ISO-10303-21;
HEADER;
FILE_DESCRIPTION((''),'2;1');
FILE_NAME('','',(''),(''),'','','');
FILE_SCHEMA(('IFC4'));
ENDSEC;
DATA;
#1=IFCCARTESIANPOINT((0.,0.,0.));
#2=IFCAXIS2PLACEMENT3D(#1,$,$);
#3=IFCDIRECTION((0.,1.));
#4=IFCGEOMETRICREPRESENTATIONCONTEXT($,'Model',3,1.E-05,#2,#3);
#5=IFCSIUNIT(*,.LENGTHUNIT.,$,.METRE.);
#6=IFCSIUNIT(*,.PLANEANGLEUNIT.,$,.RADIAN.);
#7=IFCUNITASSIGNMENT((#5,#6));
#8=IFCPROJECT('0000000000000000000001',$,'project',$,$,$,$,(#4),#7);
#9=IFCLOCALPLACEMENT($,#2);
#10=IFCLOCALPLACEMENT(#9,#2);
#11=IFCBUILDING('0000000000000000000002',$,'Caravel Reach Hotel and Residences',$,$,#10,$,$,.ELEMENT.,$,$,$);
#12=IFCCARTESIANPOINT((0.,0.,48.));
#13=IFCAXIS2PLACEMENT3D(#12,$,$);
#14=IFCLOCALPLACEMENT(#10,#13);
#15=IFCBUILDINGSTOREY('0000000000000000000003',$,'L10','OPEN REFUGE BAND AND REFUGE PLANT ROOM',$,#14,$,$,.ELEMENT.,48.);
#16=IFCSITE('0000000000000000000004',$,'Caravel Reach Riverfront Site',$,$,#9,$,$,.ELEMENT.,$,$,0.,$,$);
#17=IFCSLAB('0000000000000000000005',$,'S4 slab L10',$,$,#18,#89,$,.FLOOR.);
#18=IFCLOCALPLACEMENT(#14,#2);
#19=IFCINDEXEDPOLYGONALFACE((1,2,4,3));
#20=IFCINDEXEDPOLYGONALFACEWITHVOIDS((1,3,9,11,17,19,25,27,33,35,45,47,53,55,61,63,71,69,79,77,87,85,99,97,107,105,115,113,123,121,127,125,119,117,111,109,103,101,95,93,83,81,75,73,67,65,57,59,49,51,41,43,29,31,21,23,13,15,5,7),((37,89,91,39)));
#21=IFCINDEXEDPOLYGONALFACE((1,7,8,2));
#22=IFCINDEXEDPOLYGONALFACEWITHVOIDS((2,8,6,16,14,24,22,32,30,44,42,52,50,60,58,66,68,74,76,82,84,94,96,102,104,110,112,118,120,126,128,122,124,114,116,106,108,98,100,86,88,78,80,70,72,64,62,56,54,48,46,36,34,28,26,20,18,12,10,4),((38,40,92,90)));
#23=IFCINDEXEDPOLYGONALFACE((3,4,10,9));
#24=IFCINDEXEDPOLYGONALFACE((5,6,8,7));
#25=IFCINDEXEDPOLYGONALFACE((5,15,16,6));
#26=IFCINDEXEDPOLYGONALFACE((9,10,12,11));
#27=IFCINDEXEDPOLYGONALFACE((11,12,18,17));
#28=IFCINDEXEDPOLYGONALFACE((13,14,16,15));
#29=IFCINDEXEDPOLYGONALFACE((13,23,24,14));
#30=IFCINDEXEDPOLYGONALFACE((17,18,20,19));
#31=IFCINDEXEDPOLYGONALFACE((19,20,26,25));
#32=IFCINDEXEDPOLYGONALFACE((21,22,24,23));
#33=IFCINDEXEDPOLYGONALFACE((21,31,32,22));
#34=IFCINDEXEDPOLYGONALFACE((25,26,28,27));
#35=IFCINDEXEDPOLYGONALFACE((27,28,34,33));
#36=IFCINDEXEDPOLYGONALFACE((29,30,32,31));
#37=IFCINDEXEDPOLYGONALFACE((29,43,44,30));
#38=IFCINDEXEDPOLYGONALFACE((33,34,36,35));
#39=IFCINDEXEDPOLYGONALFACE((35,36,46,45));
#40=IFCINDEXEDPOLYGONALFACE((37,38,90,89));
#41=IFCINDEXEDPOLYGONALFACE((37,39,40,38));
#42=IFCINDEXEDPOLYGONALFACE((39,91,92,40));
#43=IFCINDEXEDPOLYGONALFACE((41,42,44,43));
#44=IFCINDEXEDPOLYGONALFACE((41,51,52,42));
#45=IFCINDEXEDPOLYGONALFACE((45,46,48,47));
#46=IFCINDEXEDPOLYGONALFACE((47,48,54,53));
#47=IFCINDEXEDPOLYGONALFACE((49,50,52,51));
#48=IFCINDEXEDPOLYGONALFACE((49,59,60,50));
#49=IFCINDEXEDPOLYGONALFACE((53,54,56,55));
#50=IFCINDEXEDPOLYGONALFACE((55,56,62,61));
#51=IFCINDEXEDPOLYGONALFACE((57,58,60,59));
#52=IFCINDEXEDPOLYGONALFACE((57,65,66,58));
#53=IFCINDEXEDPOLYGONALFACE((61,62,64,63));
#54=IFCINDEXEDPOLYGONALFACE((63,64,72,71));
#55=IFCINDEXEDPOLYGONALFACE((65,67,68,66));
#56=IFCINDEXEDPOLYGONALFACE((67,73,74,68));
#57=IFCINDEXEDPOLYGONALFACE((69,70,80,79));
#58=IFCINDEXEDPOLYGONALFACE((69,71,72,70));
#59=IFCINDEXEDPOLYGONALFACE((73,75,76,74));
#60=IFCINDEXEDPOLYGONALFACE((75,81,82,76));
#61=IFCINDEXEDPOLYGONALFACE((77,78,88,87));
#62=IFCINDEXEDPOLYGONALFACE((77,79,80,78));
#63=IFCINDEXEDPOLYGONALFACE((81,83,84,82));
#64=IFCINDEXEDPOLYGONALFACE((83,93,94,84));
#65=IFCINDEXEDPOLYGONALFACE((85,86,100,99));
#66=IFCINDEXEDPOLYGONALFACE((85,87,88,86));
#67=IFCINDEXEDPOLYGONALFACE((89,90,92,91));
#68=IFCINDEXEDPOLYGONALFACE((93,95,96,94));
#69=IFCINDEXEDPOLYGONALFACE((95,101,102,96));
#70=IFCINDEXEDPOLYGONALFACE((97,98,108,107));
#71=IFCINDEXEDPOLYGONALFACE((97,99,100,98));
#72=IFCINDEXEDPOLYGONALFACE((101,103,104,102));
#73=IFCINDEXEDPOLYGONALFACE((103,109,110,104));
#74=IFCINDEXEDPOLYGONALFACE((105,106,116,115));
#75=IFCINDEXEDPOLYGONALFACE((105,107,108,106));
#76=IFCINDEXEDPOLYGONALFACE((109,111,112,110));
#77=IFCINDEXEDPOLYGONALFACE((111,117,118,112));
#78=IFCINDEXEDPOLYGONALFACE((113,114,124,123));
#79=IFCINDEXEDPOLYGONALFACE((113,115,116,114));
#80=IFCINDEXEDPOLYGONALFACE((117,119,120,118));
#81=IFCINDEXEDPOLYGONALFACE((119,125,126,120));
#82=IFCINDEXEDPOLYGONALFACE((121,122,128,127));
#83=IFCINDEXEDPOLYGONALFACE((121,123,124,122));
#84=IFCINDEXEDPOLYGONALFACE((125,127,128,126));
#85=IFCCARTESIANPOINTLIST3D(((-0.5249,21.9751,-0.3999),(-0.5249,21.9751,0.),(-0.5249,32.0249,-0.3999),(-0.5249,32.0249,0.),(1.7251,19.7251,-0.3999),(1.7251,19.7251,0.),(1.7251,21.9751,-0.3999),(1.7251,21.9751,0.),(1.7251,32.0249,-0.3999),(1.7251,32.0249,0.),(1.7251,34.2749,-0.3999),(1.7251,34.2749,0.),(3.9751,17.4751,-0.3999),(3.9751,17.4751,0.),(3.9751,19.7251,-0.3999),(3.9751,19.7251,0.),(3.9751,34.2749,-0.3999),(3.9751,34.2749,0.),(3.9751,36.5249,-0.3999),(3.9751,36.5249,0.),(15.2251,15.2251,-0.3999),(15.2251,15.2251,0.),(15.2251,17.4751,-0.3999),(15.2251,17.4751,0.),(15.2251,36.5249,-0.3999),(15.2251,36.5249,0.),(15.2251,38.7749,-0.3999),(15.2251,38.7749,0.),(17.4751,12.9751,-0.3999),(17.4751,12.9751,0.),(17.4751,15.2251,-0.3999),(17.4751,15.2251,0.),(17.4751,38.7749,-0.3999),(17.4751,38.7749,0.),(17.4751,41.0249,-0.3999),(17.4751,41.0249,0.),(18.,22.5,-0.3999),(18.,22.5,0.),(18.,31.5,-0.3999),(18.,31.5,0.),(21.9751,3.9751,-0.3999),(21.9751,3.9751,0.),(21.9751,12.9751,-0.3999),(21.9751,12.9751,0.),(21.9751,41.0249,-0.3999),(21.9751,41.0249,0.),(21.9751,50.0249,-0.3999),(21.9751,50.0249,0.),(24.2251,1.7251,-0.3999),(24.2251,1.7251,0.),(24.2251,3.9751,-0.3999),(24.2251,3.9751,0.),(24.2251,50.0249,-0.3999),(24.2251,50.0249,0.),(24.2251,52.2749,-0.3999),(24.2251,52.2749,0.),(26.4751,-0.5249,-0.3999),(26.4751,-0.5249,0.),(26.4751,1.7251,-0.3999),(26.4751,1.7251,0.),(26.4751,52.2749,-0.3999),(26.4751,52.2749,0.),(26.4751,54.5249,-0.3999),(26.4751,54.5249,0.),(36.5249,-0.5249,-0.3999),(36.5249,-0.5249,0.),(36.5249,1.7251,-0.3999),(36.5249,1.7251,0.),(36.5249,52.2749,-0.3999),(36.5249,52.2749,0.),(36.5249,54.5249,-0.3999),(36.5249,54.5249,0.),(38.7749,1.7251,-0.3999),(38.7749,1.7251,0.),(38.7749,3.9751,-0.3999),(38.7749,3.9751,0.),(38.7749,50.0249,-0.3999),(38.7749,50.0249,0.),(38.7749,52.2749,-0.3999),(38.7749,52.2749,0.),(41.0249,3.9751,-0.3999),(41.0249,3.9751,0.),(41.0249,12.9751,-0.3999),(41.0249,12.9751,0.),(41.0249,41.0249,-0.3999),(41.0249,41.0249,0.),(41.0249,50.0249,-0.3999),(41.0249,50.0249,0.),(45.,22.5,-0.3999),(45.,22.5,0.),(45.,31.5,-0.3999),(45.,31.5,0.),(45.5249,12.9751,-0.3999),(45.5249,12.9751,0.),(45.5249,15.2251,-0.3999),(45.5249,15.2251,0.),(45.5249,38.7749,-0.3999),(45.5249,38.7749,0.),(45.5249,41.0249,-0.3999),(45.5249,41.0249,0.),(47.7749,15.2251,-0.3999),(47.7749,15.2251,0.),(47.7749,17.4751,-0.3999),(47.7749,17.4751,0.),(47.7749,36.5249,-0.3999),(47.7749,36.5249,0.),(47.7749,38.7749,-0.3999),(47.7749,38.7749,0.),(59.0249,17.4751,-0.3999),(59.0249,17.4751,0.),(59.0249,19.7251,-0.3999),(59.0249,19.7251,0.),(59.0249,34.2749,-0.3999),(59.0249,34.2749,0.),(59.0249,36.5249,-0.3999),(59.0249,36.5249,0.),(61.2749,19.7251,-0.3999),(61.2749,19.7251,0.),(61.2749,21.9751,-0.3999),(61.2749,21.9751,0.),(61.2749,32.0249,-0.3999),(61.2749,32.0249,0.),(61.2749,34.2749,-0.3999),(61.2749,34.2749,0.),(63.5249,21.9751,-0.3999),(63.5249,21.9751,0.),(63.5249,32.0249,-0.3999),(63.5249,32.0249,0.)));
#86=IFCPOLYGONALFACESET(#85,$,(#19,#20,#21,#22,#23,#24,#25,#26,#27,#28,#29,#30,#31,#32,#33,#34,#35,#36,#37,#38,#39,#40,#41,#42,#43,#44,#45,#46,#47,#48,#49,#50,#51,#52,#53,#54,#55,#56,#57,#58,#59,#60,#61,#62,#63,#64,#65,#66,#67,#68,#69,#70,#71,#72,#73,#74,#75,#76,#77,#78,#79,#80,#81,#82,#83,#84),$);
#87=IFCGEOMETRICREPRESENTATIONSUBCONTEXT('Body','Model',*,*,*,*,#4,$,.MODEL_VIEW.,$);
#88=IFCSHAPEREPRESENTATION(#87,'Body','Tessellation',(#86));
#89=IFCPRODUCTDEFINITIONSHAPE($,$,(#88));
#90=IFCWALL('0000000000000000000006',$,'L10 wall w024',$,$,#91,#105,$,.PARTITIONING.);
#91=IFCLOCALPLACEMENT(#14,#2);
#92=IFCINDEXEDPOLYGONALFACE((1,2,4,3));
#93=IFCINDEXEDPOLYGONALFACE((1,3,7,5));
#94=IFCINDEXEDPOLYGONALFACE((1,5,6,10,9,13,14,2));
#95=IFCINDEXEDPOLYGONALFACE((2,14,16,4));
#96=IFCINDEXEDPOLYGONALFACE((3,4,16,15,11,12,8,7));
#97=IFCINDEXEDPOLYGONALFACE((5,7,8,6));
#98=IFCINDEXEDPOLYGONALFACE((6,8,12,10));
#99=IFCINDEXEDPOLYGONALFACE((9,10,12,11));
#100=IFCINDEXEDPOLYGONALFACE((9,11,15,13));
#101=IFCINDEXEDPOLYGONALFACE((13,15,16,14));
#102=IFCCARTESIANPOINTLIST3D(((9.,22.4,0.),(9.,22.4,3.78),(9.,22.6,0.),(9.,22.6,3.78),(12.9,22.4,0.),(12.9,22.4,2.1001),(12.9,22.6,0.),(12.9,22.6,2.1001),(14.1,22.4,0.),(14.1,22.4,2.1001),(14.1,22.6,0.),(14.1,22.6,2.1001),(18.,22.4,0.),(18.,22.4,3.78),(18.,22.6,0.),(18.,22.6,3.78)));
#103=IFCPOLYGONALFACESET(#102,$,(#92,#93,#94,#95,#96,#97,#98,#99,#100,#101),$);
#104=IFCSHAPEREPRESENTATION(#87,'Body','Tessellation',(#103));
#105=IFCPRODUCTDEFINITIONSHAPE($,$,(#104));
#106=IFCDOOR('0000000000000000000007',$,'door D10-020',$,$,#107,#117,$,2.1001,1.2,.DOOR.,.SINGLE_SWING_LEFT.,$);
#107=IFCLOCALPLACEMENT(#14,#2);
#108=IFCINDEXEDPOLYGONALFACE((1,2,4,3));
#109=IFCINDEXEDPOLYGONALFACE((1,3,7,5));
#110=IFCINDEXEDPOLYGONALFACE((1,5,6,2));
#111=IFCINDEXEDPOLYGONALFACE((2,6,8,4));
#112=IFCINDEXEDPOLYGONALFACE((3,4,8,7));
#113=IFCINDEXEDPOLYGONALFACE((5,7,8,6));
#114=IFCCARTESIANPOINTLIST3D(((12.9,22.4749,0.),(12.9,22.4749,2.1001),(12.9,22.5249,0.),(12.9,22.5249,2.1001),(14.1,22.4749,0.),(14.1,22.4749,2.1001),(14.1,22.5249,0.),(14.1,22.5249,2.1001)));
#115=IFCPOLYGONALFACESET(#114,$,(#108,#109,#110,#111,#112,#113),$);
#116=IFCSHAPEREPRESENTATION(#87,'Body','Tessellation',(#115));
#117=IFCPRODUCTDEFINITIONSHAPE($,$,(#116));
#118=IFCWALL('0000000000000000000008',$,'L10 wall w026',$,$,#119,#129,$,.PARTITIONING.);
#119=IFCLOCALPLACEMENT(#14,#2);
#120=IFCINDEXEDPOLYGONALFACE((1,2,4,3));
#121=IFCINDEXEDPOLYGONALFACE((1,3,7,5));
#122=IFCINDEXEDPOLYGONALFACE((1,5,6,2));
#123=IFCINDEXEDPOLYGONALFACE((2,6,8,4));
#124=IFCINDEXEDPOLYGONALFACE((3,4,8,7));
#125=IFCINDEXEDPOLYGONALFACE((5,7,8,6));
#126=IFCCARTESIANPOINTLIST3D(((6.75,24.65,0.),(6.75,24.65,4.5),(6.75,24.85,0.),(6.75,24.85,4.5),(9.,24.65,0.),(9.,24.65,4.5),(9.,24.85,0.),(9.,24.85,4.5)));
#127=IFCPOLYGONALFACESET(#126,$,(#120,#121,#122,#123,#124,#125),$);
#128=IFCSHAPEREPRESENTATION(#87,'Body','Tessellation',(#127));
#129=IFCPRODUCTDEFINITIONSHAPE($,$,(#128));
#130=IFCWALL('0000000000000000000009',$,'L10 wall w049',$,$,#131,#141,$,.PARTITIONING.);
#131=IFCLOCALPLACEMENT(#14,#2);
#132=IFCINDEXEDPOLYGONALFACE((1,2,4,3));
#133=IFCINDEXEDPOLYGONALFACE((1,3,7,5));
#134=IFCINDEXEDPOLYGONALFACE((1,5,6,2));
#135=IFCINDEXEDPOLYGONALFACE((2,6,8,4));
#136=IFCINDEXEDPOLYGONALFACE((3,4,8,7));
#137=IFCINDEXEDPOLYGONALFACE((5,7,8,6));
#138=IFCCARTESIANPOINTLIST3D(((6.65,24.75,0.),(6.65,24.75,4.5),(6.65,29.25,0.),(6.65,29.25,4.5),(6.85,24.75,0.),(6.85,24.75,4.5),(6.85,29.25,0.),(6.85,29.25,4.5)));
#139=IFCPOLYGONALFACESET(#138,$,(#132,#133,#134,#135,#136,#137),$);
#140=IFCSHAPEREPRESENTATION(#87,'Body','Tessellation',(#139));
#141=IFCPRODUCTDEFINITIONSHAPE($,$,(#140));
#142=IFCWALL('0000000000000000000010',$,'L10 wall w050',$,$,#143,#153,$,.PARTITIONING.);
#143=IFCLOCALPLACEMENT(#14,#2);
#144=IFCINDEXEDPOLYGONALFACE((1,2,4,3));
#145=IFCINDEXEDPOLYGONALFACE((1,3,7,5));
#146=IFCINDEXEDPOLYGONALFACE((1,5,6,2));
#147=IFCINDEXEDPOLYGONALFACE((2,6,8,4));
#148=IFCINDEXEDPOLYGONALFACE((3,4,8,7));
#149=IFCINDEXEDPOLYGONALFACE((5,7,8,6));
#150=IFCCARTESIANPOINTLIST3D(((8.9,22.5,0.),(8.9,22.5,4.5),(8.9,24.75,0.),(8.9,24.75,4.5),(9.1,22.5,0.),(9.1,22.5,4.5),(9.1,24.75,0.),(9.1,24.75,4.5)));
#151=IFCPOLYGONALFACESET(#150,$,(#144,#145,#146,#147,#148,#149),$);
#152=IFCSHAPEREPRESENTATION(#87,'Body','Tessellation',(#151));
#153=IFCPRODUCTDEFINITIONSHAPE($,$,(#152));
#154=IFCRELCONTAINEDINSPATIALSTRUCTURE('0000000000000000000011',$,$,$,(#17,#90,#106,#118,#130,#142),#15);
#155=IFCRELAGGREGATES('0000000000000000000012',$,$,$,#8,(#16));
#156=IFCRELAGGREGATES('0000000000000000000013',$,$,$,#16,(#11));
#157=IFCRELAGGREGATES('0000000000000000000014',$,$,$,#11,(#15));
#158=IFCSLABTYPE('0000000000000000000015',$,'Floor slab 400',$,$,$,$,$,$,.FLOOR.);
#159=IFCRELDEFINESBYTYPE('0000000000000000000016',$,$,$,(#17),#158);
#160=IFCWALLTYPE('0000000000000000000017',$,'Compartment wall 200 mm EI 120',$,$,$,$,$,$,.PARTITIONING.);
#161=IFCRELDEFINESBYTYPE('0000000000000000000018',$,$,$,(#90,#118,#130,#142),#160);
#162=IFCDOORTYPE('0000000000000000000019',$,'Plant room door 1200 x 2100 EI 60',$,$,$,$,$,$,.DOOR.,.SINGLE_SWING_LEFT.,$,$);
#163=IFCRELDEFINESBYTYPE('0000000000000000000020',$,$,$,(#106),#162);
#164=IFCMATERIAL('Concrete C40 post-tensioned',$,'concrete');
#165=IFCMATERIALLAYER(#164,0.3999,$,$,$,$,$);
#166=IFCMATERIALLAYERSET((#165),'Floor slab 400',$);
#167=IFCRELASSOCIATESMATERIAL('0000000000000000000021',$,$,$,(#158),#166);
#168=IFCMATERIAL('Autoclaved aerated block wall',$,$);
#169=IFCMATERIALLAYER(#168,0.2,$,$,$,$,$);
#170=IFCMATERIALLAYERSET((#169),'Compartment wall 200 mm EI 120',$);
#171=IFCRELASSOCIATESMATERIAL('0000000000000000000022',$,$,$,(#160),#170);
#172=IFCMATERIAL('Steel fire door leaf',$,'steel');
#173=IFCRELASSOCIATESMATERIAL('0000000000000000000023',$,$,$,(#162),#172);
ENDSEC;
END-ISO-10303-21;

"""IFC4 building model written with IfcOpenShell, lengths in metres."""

from ifc_helpers import new_model, si_unit, direction, frame, frame_2d, origin, place, context, subcontext, project, spatial, polyline, rectangle, outline, extrude, material, layer, layer_set, type_object, element, fill, save


model = new_model("IFC4")

# Units and contexts
model_context = context("Model", 3, precision=1e-05, world=origin(), true_north=direction((0.0, 1.0)))
body_context = subcontext(model_context, "Body", "Model", "MODEL_VIEW")
ifc_project = project(units=[si_unit("LENGTHUNIT", "METRE"), si_unit("PLANEANGLEUNIT", "RADIAN")], contexts=[model_context])

# Site, building, storey
site_placement = place(None, origin())
site = spatial("IfcSite", under=ifc_project, at=site_placement, Name="Caravel Reach Riverfront Site", CompositionType="ELEMENT", RefElevation=0.0)
building_placement = place(site_placement, origin())
building = spatial("IfcBuilding", under=site, at=building_placement, Name="Caravel Reach Hotel and Residences", CompositionType="ELEMENT")
storey_placement = place(building_placement, frame((0.0, 0.0, 48.0)))
storey = spatial("IfcBuildingStorey", under=building, at=storey_placement, Name="L10", Description="OPEN REFUGE BAND AND REFUGE PLANT ROOM", CompositionType="ELEMENT", Elevation=48.0)

# Slab
ifc_material_1 = material(Name="Concrete C40 post-tensioned", Category="concrete")
ifc_layer_1 = layer(ifc_material_1, 0.3999)
ifc_layer_set_1 = layer_set([ifc_layer_1], Name="Floor slab 400")
slab_type_1 = type_object("IfcSlabType", Name="Floor slab 400", PredefinedType="FLOOR", material=ifc_layer_set_1)
slab_1_placement = place(storey_placement, frame((0.0, 0.0, -0.3999)))
element("IfcSlab", 1, at=slab_1_placement, inside=storey, type_object=slab_type_1, Name="S4 slab L10", PredefinedType="FLOOR", context=body_context, shape_type="SweptSolid", body=[
    extrude(outline(polyline([(17.4751, 12.9751), (17.4751, 15.2251), (15.2251, 15.2251), (15.2251, 17.4751), (3.9751, 17.4751), (3.9751, 19.7251), (1.7251, 19.7251), (1.7251, 21.9751), (-0.5249, 21.9751), (-0.5249, 32.0249), (1.7251, 32.0249), (1.7251, 34.2749), (3.9751, 34.2749), (3.9751, 36.5249), (15.2251, 36.5249), (15.2251, 38.7749), (17.4751, 38.7749), (17.4751, 41.0249), (21.9751, 41.0249), (21.9751, 50.0249), (24.2251, 50.0249), (24.2251, 52.2749), (26.4751, 52.2749), (26.4751, 54.5249), (36.5249, 54.5249), (36.5249, 52.2749), (38.7749, 52.2749), (38.7749, 50.0249), (41.0249, 50.0249), (41.0249, 41.0249), (45.5249, 41.0249), (45.5249, 38.7749), (47.7749, 38.7749), (47.7749, 36.5249), (59.0249, 36.5249), (59.0249, 34.2749), (61.2749, 34.2749), (61.2749, 32.0249), (63.5249, 32.0249), (63.5249, 21.9751), (61.2749, 21.9751), (61.2749, 19.7251), (59.0249, 19.7251), (59.0249, 17.4751), (47.7749, 17.4751), (47.7749, 15.2251), (45.5249, 15.2251), (45.5249, 12.9751), (41.0249, 12.9751), (41.0249, 3.9751), (38.7749, 3.9751), (38.7749, 1.7251), (36.5249, 1.7251), (36.5249, -0.5249), (26.4751, -0.5249), (26.4751, 1.7251), (24.2251, 1.7251), (24.2251, 3.9751), (21.9751, 3.9751), (21.9751, 12.9751), (17.4751, 12.9751)]), holes=[polyline([(45.0, 31.5), (18.0, 31.5), (18.0, 22.5), (45.0, 22.5), (45.0, 31.5)])]), origin(), (0.0, 0.0, 1.0), 0.3999),
])

# Wall, opening, door
ifc_material_2 = material(Name="Autoclaved aerated block wall")
ifc_layer_2 = layer(ifc_material_2, 0.2)
ifc_layer_set_2 = layer_set([ifc_layer_2], Name="Compartment wall 200 mm EI 120")
wall_type_1 = type_object("IfcWallType", Name="Compartment wall 200 mm EI 120", PredefinedType="PARTITIONING", material=ifc_layer_set_2)
wall_1_placement = place(storey_placement, frame((9.0, 22.5, 0.0), z_axis=(0.0, 0.0, 1.0), x_axis=(1.0, 0.0, 0.0)))
wall_1 = element("IfcWall", 2, at=wall_1_placement, inside=storey, type_object=wall_type_1, Name="L10 wall w024", PredefinedType="PARTITIONING", context=body_context, shape_type="SweptSolid", body=[
    extrude(rectangle(XDim=9.0, YDim=0.2, at=frame_2d((4.5, 0.0))), origin(), (0.0, 0.0, 1.0), 3.78),
])
opening_placement = place(wall_1_placement, frame((3.8999, 0.0, 0.0)))
opening = element("IfcOpeningElement", 3, at=opening_placement, cuts=wall_1, PredefinedType="OPENING", context=body_context, shape_type="SweptSolid", body=[
    extrude(rectangle(XDim=1.2, YDim=2.1001, at=frame_2d((0.6001, 1.05))), frame((0.0, 0.1099, 0.0), z_axis=(0.0, -1.0, 0.0), x_axis=(1.0, 0.0, 0.0)), (0.0, 0.0, 1.0), 0.22),
])
ifc_material_3 = material(Name="Steel fire door leaf", Category="steel")
door_type = type_object("IfcDoorType", Name="Plant room door 1200 x 2100 EI 60", OperationType="SINGLE_SWING_LEFT", PredefinedType="DOOR", material=ifc_material_3)
door_placement = place(opening_placement, origin())
door = element("IfcDoor", 4, at=door_placement, inside=storey, type_object=door_type, Name="door D10-020", OperationType="SINGLE_SWING_LEFT", OverallHeight=2.1001, OverallWidth=1.2, PredefinedType="DOOR", context=body_context, shape_type="SweptSolid", body=[
    extrude(rectangle(XDim=1.2, YDim=2.1001, at=frame_2d((0.6001, 1.05))), frame((0.0, 0.0249, 0.0), z_axis=(0.0, -1.0, 0.0), x_axis=(1.0, 0.0, 0.0)), (0.0, 0.0, 1.0), 0.05),
])
fill(opening, door)

# Walls
wall_2_placement = place(storey_placement, frame((6.75, 24.75, 0.0), z_axis=(0.0, 0.0, 1.0), x_axis=(1.0, 0.0, 0.0)))
element("IfcWall", 5, at=wall_2_placement, inside=storey, type_object=wall_type_1, Name="L10 wall w026", PredefinedType="PARTITIONING", context=body_context, shape_type="SweptSolid", body=[
    extrude(rectangle(XDim=2.25, YDim=0.2, at=frame_2d((1.125, 0.0))), origin(), (0.0, 0.0, 1.0), 4.5),
])
wall_3_placement = place(storey_placement, frame((6.75, 24.75, 0.0), z_axis=(0.0, 0.0, 1.0), x_axis=(0.0, 1.0, 0.0)))
element("IfcWall", 6, at=wall_3_placement, inside=storey, type_object=wall_type_1, Name="L10 wall w049", PredefinedType="PARTITIONING", context=body_context, shape_type="SweptSolid", body=[
    extrude(rectangle(XDim=4.5, YDim=0.2, at=frame_2d((2.25, 0.0))), origin(), (0.0, 0.0, 1.0), 4.5),
])
wall_4_placement = place(storey_placement, frame((9.0, 22.5, 0.0), z_axis=(0.0, 0.0, 1.0), x_axis=(0.0, 1.0, 0.0)))
element("IfcWall", 7, at=wall_4_placement, inside=storey, type_object=wall_type_1, Name="L10 wall w050", PredefinedType="PARTITIONING", context=body_context, shape_type="SweptSolid", body=[
    extrude(rectangle(XDim=2.25, YDim=0.2, at=frame_2d((1.125, 0.0))), origin(), (0.0, 0.0, 1.0), 4.5),
])

save(model, "model.ifc")
